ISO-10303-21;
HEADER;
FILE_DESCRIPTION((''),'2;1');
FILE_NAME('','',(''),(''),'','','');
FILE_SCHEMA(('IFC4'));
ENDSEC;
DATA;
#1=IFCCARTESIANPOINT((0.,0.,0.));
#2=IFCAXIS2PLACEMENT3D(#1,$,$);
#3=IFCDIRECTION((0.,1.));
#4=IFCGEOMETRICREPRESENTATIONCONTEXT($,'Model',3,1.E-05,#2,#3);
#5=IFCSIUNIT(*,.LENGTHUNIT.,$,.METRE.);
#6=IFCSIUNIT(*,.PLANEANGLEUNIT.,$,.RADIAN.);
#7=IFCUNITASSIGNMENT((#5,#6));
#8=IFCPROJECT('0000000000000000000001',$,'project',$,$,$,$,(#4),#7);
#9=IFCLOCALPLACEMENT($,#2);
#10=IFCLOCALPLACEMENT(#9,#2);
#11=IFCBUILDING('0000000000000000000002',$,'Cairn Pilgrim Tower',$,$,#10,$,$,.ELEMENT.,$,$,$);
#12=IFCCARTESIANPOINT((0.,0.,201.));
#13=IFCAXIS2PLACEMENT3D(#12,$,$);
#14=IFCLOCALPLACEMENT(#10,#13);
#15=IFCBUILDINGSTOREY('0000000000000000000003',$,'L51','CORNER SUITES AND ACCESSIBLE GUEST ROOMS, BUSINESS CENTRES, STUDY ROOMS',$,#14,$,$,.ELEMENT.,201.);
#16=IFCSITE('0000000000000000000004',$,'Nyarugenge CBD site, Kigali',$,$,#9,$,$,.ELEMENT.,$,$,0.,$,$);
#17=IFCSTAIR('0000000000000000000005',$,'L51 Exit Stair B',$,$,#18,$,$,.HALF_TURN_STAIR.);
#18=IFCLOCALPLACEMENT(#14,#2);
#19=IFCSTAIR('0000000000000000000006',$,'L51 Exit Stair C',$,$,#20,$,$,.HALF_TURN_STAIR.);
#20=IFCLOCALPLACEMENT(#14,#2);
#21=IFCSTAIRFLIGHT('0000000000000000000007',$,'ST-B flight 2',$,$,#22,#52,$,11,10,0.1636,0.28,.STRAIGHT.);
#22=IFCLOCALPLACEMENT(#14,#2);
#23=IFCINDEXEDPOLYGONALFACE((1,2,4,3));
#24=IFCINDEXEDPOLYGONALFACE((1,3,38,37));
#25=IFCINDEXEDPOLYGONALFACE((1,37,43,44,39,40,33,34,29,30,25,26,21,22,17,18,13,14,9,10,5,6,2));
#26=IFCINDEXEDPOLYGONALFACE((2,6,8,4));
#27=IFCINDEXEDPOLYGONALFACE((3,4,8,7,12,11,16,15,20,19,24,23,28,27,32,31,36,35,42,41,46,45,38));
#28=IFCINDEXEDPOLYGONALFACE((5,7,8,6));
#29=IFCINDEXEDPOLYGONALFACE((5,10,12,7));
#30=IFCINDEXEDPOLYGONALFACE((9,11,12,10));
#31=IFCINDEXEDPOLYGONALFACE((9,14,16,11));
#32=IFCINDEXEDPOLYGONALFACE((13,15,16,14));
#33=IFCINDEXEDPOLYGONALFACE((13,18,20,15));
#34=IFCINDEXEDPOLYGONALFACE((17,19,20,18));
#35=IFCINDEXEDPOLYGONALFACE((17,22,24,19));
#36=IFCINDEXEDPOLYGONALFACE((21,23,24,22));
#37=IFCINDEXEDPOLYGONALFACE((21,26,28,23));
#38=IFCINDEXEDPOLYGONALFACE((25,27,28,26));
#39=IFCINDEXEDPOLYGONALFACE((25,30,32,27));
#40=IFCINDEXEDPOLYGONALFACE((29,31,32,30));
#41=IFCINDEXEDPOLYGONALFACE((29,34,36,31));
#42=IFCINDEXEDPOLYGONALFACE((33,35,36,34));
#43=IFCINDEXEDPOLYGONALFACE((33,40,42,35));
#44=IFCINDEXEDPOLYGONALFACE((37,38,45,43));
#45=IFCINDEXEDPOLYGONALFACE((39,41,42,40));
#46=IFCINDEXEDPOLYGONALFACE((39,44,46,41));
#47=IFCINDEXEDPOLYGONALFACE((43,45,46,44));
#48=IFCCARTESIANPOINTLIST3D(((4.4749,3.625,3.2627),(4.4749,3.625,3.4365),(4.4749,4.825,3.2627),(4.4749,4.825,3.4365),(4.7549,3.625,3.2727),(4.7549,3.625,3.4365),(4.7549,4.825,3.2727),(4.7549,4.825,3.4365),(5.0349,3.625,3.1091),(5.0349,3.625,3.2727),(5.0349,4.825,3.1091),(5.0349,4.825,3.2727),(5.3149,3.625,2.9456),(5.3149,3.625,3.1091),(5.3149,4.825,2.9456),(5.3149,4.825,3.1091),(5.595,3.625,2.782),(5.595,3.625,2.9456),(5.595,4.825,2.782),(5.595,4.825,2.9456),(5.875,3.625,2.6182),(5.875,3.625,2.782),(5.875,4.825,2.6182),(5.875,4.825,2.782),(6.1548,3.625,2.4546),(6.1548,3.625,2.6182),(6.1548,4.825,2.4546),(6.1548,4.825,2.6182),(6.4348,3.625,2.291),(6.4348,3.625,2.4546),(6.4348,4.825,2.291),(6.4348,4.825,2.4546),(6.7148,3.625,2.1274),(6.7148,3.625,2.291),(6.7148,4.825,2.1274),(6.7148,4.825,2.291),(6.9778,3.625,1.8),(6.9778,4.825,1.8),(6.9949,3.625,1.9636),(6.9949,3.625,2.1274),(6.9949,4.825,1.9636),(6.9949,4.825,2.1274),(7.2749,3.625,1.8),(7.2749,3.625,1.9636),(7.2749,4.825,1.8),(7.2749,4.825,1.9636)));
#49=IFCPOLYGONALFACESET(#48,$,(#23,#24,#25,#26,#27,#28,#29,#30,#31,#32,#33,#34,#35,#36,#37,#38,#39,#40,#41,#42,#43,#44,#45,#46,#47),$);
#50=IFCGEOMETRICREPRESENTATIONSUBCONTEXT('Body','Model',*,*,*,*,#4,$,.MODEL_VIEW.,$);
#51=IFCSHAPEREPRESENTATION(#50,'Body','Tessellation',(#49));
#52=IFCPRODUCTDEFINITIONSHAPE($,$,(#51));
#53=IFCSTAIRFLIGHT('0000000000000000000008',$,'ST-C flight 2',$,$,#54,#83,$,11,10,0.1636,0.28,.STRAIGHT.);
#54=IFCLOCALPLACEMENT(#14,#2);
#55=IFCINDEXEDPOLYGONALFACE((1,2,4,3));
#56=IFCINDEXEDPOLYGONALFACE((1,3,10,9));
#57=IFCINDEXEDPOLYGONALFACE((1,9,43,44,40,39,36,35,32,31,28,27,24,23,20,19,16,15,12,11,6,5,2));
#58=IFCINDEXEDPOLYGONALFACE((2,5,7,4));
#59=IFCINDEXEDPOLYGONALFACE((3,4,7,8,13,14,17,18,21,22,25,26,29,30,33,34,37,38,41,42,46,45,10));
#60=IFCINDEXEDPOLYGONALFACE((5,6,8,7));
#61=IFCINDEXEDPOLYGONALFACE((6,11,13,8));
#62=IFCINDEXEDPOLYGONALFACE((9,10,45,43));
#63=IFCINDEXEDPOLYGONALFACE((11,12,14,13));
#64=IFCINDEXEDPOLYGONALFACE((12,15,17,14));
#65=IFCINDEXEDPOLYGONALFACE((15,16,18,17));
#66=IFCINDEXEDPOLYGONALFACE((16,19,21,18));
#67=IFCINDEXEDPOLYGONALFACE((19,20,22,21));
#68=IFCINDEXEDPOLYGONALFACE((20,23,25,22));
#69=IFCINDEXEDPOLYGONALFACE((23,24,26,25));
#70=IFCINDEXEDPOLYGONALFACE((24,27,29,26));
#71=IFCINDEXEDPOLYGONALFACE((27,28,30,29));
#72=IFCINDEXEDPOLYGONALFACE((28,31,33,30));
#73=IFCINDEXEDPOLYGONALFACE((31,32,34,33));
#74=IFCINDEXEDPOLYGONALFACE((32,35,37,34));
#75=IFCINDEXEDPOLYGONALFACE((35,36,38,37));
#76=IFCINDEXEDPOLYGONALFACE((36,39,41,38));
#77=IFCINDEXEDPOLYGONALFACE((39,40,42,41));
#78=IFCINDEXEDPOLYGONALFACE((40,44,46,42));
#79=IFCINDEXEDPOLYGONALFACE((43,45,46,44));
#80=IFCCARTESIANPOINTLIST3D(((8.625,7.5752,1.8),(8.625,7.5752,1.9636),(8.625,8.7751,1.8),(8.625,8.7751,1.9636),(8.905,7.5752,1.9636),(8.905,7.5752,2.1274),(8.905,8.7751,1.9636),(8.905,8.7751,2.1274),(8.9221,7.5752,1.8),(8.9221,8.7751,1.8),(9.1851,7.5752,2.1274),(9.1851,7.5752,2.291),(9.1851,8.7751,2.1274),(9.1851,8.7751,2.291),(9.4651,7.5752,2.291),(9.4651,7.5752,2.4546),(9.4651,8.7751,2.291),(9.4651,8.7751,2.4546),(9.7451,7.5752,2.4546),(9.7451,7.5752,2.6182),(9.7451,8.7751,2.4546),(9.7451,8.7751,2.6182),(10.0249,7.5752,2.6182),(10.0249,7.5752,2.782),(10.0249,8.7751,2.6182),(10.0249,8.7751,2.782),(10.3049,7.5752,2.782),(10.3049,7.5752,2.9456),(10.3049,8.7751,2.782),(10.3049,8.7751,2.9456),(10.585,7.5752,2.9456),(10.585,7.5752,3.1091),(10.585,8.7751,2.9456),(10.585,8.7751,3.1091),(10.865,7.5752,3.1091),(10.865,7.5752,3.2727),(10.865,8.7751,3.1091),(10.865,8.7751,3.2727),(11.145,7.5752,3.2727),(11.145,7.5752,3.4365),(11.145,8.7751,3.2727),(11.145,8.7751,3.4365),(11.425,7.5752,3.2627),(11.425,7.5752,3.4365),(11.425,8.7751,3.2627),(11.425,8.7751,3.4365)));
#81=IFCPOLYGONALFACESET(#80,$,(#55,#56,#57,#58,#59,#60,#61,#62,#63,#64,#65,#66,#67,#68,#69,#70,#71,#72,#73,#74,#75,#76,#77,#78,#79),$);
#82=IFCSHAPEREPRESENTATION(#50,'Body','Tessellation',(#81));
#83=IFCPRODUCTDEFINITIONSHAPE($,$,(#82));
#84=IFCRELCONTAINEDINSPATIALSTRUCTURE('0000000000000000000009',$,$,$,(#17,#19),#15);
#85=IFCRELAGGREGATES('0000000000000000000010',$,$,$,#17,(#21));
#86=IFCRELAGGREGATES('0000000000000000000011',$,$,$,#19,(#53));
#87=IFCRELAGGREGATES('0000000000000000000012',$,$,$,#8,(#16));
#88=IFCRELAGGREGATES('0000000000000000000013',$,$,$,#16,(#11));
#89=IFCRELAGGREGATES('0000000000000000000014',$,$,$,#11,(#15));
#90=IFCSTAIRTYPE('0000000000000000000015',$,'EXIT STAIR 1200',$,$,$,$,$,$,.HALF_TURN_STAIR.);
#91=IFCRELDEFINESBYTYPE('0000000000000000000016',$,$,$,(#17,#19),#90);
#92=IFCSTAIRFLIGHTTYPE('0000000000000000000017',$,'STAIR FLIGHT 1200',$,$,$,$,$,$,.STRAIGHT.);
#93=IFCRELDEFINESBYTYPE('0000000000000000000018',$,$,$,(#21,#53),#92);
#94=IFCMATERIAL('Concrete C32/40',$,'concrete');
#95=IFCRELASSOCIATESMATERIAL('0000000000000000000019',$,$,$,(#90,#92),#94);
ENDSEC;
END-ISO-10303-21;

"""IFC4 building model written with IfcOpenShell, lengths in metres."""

from ifc_helpers import new_model, si_unit, direction, frame, origin, place, context, subcontext, project, spatial, polyline, outline, extrude, material, type_object, element, aggregate, save


model = new_model("IFC4")

# Units and contexts
model_context = context("Model", 3, precision=1e-05, world=origin(), true_north=direction((0.0, 1.0)))
body_context = subcontext(model_context, "Body", "Model", "MODEL_VIEW")
ifc_project = project(units=[si_unit("LENGTHUNIT", "METRE"), si_unit("PLANEANGLEUNIT", "RADIAN")], contexts=[model_context])

# Site, building, storey
site_placement = place(None, origin())
site = spatial("IfcSite", under=ifc_project, at=site_placement, Name="Nyarugenge CBD site, Kigali", CompositionType="ELEMENT", RefElevation=0.0)
building_placement = place(site_placement, origin())
building = spatial("IfcBuilding", under=site, at=building_placement, Name="Cairn Pilgrim Tower", CompositionType="ELEMENT")
storey_placement = place(building_placement, frame((0.0, 0.0, 201.0)))
storey = spatial("IfcBuildingStorey", under=building, at=storey_placement, Name="L51", Description="CORNER SUITES AND ACCESSIBLE GUEST ROOMS, BUSINESS CENTRES, STUDY ROOMS", CompositionType="ELEMENT", Elevation=201.0)

# Stairs
ifc_material_1 = material(Name="Concrete C32/40", Category="concrete")
stair_type = type_object("IfcStairType", Name="EXIT STAIR 1200", PredefinedType="HALF_TURN_STAIR", material=ifc_material_1)
stair_1_placement = place(storey_placement, origin())
stair_1 = element("IfcStair", 1, at=stair_1_placement, inside=storey, type_object=stair_type, Name="L51 Exit Stair B", PredefinedType="HALF_TURN_STAIR")
stair_2_placement = place(storey_placement, origin())
stair_2 = element("IfcStair", 2, at=stair_2_placement, inside=storey, type_object=stair_type, Name="L51 Exit Stair C", PredefinedType="HALF_TURN_STAIR")

# Stair flights
stair_flight_type = type_object("IfcStairFlightType", Name="STAIR FLIGHT 1200", PredefinedType="STRAIGHT", material=ifc_material_1)
stair_flight_1_placement = place(storey_placement, frame((7.2749, 4.2251, 1.8), z_axis=(0.0, 0.0, 1.0), x_axis=(-1.0, 0.0, 0.0)))
stair_flight_1 = element("IfcStairFlight", 3, at=stair_flight_1_placement, type_object=stair_flight_type, Name="ST-B flight 2", NumberOfRisers=11, NumberOfTreads=10, PredefinedType="STRAIGHT", RiserHeight=0.1636, TreadLength=0.28, context=body_context, shape_type="SweptSolid", body=[
    extrude(outline(polyline([(0.0, 0.0), (0.0, 0.1636), (0.28, 0.1636), (0.28, 0.3274), (0.5601, 0.3274), (0.5601, 0.491), (0.8401, 0.491), (0.8401, 0.6545), (1.1201, 0.6545), (1.1201, 0.8181), (1.3999, 0.8181), (1.3999, 0.9819), (1.6799, 0.9819), (1.6799, 1.1455), (1.96, 1.1455), (1.96, 1.3091), (2.24, 1.3091), (2.24, 1.4727), (2.52, 1.4727), (2.52, 1.6365), (2.8, 1.6365), (2.8, 1.8), (2.8, 1.4626), (0.2971, 0.0), (0.0, 0.0)])), frame((0.0, 0.6001, 0.0), z_axis=(0.0, -1.0, 0.0), x_axis=(1.0, 0.0, 0.0)), (0.0, 0.0, 1.0), 1.2),
])
aggregate(stair_1, [stair_flight_1])
stair_flight_2_placement = place(storey_placement, frame((8.625, 8.175, 1.8), z_axis=(0.0, 0.0, 1.0), x_axis=(1.0, 0.0, 0.0)))
stair_flight_2 = element("IfcStairFlight", 4, at=stair_flight_2_placement, type_object=stair_flight_type, Name="ST-C flight 2", NumberOfRisers=11, NumberOfTreads=10, PredefinedType="STRAIGHT", RiserHeight=0.1636, TreadLength=0.28, context=body_context, shape_type="SweptSolid", body=[
    extrude(outline(polyline([(0.0, 0.0), (0.0, 0.1636), (0.28, 0.1636), (0.28, 0.3274), (0.5601, 0.3274), (0.5601, 0.491), (0.8401, 0.491), (0.8401, 0.6545), (1.1201, 0.6545), (1.1201, 0.8181), (1.3999, 0.8181), (1.3999, 0.9819), (1.6799, 0.9819), (1.6799, 1.1455), (1.96, 1.1455), (1.96, 1.3091), (2.24, 1.3091), (2.24, 1.4727), (2.52, 1.4727), (2.52, 1.6365), (2.8, 1.6365), (2.8, 1.8), (2.8, 1.4626), (0.2971, 0.0), (0.0, 0.0)])), frame((0.0, 0.6001, 0.0), z_axis=(0.0, -1.0, 0.0), x_axis=(1.0, 0.0, 0.0)), (0.0, 0.0, 1.0), 1.2),
])
aggregate(stair_2, [stair_flight_2])

save(model, "model.ifc")
